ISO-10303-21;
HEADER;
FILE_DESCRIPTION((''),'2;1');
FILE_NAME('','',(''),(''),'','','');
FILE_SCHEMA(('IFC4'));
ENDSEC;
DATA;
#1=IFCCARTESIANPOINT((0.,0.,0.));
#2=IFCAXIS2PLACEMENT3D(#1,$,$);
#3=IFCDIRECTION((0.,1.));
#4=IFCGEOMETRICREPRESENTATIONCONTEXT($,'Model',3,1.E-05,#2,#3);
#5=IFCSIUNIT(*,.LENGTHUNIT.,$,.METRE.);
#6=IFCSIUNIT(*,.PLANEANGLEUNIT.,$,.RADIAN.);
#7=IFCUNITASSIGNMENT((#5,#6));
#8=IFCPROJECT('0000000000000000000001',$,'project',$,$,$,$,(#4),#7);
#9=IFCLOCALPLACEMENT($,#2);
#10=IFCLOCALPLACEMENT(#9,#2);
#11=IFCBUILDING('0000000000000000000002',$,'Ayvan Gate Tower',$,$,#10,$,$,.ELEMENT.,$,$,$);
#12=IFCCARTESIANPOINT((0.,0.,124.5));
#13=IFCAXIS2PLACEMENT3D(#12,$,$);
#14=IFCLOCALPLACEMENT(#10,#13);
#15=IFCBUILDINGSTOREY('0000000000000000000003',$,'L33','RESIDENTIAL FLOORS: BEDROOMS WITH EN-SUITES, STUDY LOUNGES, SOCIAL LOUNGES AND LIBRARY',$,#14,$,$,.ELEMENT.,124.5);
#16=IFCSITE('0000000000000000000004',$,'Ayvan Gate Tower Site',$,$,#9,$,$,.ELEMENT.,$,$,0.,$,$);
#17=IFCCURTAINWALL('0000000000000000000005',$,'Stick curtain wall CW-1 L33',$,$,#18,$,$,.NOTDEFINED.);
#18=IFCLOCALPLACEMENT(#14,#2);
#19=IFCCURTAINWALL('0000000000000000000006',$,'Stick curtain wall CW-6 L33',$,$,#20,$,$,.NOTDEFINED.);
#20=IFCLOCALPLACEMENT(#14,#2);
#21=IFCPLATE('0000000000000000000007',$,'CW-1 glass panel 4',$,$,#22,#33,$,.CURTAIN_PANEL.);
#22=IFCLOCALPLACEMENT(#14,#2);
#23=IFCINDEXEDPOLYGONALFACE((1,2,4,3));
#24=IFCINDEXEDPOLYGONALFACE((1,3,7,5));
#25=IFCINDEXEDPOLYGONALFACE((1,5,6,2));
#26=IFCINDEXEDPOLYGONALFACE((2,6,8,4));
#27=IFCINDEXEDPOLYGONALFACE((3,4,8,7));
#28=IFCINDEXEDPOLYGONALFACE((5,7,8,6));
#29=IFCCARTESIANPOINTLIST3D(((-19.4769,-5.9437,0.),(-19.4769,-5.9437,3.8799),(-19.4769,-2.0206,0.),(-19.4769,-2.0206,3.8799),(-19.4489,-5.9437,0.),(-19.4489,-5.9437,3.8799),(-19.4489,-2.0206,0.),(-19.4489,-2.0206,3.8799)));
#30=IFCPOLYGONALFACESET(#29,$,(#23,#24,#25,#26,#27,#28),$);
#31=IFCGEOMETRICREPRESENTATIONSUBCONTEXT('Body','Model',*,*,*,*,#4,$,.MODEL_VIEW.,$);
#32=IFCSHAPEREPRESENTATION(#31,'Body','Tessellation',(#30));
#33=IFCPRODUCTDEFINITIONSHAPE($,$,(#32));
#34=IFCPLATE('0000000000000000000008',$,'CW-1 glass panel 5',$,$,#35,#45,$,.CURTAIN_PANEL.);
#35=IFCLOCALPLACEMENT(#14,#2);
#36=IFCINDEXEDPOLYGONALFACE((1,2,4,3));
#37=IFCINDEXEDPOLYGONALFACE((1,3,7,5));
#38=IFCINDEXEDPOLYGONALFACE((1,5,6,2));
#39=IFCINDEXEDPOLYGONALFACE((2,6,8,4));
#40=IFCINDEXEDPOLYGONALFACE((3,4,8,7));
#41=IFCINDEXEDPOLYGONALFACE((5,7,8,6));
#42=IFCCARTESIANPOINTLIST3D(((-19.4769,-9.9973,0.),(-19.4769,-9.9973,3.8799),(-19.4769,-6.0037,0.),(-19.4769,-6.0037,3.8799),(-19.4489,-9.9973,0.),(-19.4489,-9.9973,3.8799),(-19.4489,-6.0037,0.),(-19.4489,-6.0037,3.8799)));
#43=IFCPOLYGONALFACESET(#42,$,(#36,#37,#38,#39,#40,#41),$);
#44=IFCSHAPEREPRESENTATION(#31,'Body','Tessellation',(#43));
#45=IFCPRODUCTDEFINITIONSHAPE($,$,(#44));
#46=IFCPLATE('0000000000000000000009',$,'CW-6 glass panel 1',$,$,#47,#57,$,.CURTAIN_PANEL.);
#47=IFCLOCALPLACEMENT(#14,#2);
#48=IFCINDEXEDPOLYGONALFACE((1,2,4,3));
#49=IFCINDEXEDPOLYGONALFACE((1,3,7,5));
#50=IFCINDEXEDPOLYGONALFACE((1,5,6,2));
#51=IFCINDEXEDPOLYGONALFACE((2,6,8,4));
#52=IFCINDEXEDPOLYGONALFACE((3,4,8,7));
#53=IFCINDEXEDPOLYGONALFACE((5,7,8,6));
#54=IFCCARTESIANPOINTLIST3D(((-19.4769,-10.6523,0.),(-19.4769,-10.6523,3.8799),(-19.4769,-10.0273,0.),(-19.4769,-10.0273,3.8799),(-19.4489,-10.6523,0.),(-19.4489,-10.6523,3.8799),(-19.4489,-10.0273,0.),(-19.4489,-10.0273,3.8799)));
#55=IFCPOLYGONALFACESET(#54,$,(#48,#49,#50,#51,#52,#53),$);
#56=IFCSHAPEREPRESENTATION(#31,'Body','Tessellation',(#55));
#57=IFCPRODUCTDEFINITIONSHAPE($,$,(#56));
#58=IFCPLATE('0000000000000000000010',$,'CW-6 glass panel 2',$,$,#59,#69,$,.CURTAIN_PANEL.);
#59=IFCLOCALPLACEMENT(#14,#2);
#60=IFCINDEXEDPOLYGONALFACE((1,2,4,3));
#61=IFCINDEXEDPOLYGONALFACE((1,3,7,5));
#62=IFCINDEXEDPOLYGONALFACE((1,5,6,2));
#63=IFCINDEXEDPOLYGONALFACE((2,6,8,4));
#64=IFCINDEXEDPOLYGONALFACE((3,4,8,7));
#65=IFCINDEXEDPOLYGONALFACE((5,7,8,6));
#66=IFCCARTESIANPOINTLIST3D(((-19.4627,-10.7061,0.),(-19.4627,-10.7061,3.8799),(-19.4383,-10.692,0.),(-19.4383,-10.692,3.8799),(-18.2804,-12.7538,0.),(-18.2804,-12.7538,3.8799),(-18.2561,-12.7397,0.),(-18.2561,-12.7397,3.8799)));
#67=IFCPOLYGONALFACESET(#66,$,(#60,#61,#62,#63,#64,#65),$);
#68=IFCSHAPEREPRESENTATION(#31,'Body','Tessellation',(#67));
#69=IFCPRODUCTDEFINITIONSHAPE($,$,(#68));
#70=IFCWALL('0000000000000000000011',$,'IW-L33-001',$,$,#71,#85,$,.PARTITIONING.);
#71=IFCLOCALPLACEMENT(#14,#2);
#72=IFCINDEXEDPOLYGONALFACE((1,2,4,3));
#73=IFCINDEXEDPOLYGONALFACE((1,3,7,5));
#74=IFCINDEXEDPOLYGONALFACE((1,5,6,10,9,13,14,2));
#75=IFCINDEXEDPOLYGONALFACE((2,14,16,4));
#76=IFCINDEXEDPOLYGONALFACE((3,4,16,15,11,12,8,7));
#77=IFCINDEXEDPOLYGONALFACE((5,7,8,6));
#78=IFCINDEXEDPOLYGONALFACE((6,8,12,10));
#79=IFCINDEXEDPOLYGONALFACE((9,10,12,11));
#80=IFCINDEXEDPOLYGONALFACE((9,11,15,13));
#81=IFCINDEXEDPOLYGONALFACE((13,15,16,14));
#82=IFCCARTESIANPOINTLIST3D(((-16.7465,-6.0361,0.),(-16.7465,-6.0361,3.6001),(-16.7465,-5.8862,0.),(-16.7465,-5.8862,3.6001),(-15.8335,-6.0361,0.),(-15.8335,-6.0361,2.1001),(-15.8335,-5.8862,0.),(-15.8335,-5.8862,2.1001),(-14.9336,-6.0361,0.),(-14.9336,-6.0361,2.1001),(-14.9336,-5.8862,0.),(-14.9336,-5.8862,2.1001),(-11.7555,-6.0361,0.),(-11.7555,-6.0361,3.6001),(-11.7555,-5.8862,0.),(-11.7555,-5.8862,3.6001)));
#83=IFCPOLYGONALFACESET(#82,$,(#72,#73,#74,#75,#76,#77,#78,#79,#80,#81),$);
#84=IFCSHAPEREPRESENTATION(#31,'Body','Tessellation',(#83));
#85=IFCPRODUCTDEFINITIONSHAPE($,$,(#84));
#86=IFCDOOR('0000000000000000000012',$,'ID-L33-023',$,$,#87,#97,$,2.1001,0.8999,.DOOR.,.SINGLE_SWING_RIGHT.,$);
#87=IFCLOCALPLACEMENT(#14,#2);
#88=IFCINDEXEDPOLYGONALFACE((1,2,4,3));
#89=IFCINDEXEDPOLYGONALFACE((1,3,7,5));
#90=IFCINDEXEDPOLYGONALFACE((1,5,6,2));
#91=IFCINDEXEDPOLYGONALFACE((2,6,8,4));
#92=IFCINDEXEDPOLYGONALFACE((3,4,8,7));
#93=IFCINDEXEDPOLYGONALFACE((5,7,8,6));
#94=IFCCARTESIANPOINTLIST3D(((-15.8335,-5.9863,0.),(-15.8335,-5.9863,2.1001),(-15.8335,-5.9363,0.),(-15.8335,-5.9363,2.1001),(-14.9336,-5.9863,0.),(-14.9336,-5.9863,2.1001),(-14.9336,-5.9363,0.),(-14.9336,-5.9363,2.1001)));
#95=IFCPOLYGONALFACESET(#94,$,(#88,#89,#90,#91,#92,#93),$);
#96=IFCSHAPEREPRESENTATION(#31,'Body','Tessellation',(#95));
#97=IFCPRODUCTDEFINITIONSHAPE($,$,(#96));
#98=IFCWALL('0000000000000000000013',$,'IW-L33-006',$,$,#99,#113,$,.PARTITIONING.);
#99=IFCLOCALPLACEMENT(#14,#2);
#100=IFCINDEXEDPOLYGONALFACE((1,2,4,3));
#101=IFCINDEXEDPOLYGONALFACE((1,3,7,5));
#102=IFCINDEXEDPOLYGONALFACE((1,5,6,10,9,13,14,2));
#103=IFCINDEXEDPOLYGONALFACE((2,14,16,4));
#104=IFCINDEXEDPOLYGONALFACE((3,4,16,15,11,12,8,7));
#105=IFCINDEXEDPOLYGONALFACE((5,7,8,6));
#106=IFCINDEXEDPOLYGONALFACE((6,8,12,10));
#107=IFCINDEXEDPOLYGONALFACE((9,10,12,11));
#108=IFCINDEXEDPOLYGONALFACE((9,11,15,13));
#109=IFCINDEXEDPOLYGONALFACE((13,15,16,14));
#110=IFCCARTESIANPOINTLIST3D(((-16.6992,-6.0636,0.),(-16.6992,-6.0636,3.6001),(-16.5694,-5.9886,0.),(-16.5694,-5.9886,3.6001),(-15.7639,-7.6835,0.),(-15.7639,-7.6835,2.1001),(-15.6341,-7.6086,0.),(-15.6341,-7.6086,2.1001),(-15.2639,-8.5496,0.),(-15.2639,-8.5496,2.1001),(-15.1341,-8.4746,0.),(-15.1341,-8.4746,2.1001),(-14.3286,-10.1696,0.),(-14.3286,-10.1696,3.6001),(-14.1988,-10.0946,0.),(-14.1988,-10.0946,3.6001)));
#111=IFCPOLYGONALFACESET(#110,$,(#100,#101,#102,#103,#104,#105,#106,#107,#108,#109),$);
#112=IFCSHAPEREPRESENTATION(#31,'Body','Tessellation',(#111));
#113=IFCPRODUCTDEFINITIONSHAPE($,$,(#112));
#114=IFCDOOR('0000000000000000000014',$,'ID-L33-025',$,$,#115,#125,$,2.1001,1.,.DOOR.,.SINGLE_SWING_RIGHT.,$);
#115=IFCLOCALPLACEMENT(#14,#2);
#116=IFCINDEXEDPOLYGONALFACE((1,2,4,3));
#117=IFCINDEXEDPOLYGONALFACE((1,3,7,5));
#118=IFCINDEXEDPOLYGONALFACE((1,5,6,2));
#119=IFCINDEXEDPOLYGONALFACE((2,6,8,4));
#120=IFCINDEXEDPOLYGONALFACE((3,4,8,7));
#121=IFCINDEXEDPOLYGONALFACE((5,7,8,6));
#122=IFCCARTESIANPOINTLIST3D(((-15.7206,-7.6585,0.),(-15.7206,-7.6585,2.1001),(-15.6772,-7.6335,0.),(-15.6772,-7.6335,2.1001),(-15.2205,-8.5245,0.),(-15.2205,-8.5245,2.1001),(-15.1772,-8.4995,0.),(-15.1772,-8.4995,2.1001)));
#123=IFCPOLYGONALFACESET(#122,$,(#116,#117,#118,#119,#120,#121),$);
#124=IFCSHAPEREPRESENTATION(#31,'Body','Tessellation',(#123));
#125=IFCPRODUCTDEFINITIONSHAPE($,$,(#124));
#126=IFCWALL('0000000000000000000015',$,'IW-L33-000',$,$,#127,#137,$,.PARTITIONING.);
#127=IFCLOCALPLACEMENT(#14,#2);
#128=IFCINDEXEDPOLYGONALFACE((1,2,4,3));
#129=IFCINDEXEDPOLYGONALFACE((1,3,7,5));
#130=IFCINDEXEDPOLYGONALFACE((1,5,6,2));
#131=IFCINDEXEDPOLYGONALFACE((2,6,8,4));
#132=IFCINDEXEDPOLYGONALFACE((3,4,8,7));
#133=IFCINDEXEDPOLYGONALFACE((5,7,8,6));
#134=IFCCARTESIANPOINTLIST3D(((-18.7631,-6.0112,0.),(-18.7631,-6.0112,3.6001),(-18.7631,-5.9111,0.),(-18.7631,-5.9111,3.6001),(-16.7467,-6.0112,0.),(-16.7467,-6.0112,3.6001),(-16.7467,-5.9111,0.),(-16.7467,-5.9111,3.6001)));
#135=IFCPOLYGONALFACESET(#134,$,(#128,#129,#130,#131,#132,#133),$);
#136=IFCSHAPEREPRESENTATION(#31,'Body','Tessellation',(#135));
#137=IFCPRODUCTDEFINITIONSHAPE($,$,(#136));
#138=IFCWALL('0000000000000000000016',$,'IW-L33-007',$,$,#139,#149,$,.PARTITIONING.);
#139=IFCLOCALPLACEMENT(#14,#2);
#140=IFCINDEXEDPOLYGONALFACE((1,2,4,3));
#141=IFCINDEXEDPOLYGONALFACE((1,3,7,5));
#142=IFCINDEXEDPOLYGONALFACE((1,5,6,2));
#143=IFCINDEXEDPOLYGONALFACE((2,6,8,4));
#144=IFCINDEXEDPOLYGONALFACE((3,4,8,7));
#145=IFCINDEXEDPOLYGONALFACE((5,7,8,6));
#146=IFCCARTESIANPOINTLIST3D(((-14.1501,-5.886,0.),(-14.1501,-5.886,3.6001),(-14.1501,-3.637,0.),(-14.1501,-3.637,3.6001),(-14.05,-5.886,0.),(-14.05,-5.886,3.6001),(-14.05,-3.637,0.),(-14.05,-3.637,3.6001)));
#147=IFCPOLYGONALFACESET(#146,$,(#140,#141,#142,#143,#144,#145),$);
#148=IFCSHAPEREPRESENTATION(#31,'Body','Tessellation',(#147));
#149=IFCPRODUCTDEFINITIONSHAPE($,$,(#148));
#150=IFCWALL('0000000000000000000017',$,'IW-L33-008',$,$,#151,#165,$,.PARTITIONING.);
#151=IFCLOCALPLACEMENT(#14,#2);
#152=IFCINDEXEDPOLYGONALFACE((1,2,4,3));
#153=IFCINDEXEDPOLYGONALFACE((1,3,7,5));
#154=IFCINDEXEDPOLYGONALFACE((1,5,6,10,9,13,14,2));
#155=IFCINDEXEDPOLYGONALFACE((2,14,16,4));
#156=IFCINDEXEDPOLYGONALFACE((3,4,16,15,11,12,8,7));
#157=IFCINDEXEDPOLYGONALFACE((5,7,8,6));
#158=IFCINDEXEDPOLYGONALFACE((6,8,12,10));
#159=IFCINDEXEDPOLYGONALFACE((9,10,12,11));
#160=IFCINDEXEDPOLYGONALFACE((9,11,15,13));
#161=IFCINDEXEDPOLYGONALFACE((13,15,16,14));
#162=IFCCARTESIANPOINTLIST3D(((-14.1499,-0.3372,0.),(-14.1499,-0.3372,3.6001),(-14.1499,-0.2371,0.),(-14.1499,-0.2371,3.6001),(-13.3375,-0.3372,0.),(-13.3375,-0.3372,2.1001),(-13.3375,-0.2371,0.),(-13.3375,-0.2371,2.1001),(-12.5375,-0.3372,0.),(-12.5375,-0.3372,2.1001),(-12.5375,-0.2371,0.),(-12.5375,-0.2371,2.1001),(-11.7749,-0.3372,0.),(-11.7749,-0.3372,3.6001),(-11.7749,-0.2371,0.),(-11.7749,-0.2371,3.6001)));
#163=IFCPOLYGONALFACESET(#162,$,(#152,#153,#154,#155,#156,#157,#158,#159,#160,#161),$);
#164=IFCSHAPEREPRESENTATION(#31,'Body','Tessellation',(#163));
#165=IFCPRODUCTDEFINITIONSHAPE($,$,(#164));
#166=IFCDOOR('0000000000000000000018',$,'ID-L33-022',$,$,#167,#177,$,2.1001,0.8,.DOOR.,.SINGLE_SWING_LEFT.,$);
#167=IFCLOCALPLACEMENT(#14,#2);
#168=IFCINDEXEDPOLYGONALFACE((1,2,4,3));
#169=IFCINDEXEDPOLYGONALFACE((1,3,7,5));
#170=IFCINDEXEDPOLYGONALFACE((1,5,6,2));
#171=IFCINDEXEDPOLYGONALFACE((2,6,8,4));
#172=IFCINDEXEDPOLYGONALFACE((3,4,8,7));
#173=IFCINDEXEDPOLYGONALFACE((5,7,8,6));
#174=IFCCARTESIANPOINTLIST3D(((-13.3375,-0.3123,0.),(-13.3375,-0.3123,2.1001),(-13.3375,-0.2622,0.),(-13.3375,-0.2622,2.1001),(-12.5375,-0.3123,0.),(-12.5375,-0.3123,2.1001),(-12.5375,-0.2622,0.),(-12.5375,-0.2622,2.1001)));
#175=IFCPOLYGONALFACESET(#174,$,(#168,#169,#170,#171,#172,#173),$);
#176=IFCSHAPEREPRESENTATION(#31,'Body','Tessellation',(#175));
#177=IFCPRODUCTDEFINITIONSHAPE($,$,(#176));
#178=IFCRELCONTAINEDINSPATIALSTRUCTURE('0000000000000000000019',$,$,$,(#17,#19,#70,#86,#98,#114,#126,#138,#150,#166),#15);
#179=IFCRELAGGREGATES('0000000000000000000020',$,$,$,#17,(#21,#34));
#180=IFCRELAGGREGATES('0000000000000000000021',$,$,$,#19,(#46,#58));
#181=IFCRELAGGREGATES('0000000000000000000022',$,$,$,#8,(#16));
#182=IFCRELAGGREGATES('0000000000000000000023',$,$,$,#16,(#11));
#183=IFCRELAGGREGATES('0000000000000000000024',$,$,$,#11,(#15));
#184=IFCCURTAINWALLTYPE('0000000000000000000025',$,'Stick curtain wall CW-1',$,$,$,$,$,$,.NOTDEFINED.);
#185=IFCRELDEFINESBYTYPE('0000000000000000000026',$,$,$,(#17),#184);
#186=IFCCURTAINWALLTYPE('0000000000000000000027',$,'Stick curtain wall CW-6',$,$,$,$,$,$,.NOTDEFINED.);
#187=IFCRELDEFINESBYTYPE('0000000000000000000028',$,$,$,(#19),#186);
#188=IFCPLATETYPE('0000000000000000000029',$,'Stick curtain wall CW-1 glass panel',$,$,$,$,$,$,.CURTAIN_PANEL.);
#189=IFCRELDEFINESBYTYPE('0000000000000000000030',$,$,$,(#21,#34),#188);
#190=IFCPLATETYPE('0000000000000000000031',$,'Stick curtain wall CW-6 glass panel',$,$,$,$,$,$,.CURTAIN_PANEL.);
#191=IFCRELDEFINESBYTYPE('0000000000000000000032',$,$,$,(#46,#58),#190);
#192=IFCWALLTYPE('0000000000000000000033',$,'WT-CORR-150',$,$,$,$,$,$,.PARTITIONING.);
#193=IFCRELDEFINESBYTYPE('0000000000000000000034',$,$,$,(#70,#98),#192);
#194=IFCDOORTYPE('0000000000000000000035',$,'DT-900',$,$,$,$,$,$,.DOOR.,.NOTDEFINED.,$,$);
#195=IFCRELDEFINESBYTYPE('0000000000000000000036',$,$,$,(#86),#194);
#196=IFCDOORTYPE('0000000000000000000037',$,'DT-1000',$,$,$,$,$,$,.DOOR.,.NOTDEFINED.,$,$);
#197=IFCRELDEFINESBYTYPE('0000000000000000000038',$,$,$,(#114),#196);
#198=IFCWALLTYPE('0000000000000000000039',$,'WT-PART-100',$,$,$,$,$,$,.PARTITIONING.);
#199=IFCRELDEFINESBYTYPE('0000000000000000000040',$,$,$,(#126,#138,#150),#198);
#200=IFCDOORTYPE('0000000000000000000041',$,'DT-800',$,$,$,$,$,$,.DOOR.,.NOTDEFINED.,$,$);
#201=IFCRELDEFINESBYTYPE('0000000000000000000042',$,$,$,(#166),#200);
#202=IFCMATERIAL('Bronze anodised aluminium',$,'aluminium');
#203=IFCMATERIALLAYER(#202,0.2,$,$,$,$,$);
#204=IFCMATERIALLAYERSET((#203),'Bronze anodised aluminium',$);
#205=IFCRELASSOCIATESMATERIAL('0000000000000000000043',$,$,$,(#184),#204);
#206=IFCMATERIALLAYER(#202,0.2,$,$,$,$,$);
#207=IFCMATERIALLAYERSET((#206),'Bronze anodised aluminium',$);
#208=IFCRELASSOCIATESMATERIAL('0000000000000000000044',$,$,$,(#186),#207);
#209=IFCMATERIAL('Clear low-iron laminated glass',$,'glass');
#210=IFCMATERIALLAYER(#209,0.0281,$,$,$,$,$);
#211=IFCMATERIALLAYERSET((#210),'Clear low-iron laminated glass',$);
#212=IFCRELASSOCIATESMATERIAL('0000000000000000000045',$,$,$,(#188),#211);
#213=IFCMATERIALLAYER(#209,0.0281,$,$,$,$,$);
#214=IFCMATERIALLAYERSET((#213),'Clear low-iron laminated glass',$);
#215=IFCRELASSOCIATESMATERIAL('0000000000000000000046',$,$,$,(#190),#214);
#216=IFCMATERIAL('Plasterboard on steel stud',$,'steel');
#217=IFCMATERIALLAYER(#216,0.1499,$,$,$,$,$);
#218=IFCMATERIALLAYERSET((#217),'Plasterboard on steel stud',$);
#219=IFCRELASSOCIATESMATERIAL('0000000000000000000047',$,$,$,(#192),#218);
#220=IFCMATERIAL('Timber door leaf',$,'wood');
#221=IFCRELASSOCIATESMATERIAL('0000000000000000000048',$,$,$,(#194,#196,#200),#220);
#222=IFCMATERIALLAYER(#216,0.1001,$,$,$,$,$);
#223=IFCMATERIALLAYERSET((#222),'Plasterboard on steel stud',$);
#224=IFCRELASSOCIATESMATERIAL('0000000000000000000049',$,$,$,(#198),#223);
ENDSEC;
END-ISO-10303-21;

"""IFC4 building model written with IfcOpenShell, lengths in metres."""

from ifc_helpers import new_model, si_unit, direction, frame, frame_2d, origin, origin_2d, place, context, subcontext, project, spatial, rectangle, extrude, material, layer, layer_set, type_object, element, fill, aggregate, save


model = new_model("IFC4")

# Units and contexts
model_context = context("Model", 3, precision=1e-05, world=origin(), true_north=direction((0.0, 1.0)))
body_context = subcontext(model_context, "Body", "Model", "MODEL_VIEW")
ifc_project = project(units=[si_unit("LENGTHUNIT", "METRE"), si_unit("PLANEANGLEUNIT", "RADIAN")], contexts=[model_context])

# Site, building, storey
site_placement = place(None, origin())
site = spatial("IfcSite", under=ifc_project, at=site_placement, Name="Ayvan Gate Tower Site", CompositionType="ELEMENT", RefElevation=0.0)
building_placement = place(site_placement, origin())
building = spatial("IfcBuilding", under=site, at=building_placement, Name="Ayvan Gate Tower", CompositionType="ELEMENT")
storey_placement = place(building_placement, frame((0.0, 0.0, 124.5)))
storey = spatial("IfcBuildingStorey", under=building, at=storey_placement, Name="L33", Description="RESIDENTIAL FLOORS: BEDROOMS WITH EN-SUITES, STUDY LOUNGES, SOCIAL LOUNGES AND LIBRARY", CompositionType="ELEMENT", Elevation=124.5)

# Curtain walls
ifc_material_1 = material(Name="Bronze anodised aluminium", Category="aluminium")
ifc_layer_1 = layer(ifc_material_1, 0.2)
ifc_layer_set_1 = layer_set([ifc_layer_1], Name="Bronze anodised aluminium")
curtain_wall_type_1 = type_object("IfcCurtainWallType", Name="Stick curtain wall CW-1", PredefinedType="NOTDEFINED", material=ifc_layer_set_1)
curtain_wall_1_placement = place(storey_placement, origin())
curtain_wall_1 = element("IfcCurtainWall", 1, at=curtain_wall_1_placement, inside=storey, type_object=curtain_wall_type_1, Name="Stick curtain wall CW-1 L33", PredefinedType="NOTDEFINED")
ifc_layer_2 = layer(ifc_material_1, 0.2)
ifc_layer_set_2 = layer_set([ifc_layer_2], Name="Bronze anodised aluminium")
curtain_wall_type_2 = type_object("IfcCurtainWallType", Name="Stick curtain wall CW-6", PredefinedType="NOTDEFINED", material=ifc_layer_set_2)
curtain_wall_2_placement = place(storey_placement, origin())
curtain_wall_2 = element("IfcCurtainWall", 2, at=curtain_wall_2_placement, inside=storey, type_object=curtain_wall_type_2, Name="Stick curtain wall CW-6 L33", PredefinedType="NOTDEFINED")

# Plates
ifc_material_2 = material(Name="Clear low-iron laminated glass", Category="glass")
ifc_layer_3 = layer(ifc_material_2, 0.0281)
ifc_layer_set_3 = layer_set([ifc_layer_3], Name="Clear low-iron laminated glass")
plate_type_1 = type_object("IfcPlateType", Name="Stick curtain wall CW-1 glass panel", PredefinedType="CURTAIN_PANEL", material=ifc_layer_set_3)
plate_1_placement = place(storey_placement, frame((-19.4629, -3.9822, 0.0), z_axis=(0.0, 0.0, 1.0), x_axis=(0.0, -1.0, 0.0)))
plate_1 = element("IfcPlate", 3, at=plate_1_placement, type_object=plate_type_1, Name="CW-1 glass panel 4", PredefinedType="CURTAIN_PANEL", context=body_context, shape_type="SweptSolid", body=[
    extrude(rectangle(XDim=3.9231, YDim=0.0281, at=origin_2d()), origin(), (0.0, 0.0, 1.0), 3.8799),
])
plate_2_placement = place(storey_placement, frame((-19.4629, -8.0005, 0.0), z_axis=(0.0, 0.0, 1.0), x_axis=(0.0, -1.0, 0.0)))
plate_2 = element("IfcPlate", 4, at=plate_2_placement, type_object=plate_type_1, Name="CW-1 glass panel 5", PredefinedType="CURTAIN_PANEL", context=body_context, shape_type="SweptSolid", body=[
    extrude(rectangle(XDim=3.9937, YDim=0.0281, at=origin_2d()), origin(), (0.0, 0.0, 1.0), 3.8799),
])
aggregate(curtain_wall_1, [plate_1, plate_2])
ifc_layer_4 = layer(ifc_material_2, 0.0281)
ifc_layer_set_4 = layer_set([ifc_layer_4], Name="Clear low-iron laminated glass")
plate_type_2 = type_object("IfcPlateType", Name="Stick curtain wall CW-6 glass panel", PredefinedType="CURTAIN_PANEL", material=ifc_layer_set_4)
plate_3_placement = place(storey_placement, frame((-19.4629, -10.3398, 0.0), z_axis=(0.0, 0.0, 1.0), x_axis=(0.0, -1.0, 0.0)))
plate_3 = element("IfcPlate", 5, at=plate_3_placement, type_object=plate_type_2, Name="CW-6 glass panel 1", PredefinedType="CURTAIN_PANEL", context=body_context, shape_type="SweptSolid", body=[
    extrude(rectangle(XDim=0.625, YDim=0.0281, at=origin_2d()), origin(), (0.0, 0.0, 1.0), 3.8799),
])
plate_4_placement = place(storey_placement, frame((-18.8594, -11.7229, 0.0), z_axis=(0.0, 0.0, 1.0), x_axis=(0.5, -0.866025, 0.0)))
plate_4 = element("IfcPlate", 6, at=plate_4_placement, type_object=plate_type_2, Name="CW-6 glass panel 2", PredefinedType="CURTAIN_PANEL", context=body_context, shape_type="SweptSolid", body=[
    extrude(rectangle(XDim=2.3645, YDim=0.0281, at=origin_2d()), origin(), (0.0, 0.0, 1.0), 3.8799),
])
aggregate(curtain_wall_2, [plate_3, plate_4])

# Walls, openings, doors
ifc_material_3 = material(Name="Plasterboard on steel stud", Category="steel")
ifc_layer_5 = layer(ifc_material_3, 0.1499)
ifc_layer_set_5 = layer_set([ifc_layer_5], Name="Plasterboard on steel stud")
wall_type_1 = type_object("IfcWallType", Name="WT-CORR-150", PredefinedType="PARTITIONING", material=ifc_layer_set_5)
wall_1_placement = place(storey_placement, frame((-16.7466, -5.9612, 0.0), z_axis=(0.0, 0.0, 1.0), x_axis=(1.0, 0.0, 0.0)))
wall_1 = element("IfcWall", 7, at=wall_1_placement, inside=storey, type_object=wall_type_1, Name="IW-L33-001", PredefinedType="PARTITIONING", context=body_context, shape_type="SweptSolid", body=[
    extrude(rectangle(XDim=4.991, YDim=0.1499, at=frame_2d((2.4956, 0.0))), origin(), (0.0, 0.0, 1.0), 3.6001),
])
opening_1_placement = place(wall_1_placement, frame((0.9131, 0.0, 0.0)))
opening_1 = element("IfcOpeningElement", 8, at=opening_1_placement, cuts=wall_1, PredefinedType="OPENING", context=body_context, shape_type="SweptSolid", body=[
    extrude(rectangle(XDim=0.8999, YDim=2.1001, at=frame_2d((0.45, 1.05))), frame((0.0, 0.085, 0.0), z_axis=(0.0, -1.0, 0.0), x_axis=(1.0, 0.0, 0.0)), (0.0, 0.0, 1.0), 0.1699),
])
ifc_material_4 = material(Name="Timber door leaf", Category="wood")
door_type_1 = type_object("IfcDoorType", Name="DT-900", OperationType="NOTDEFINED", PredefinedType="DOOR", material=ifc_material_4)
door_1_placement = place(opening_1_placement, origin())
door_1 = element("IfcDoor", 9, at=door_1_placement, inside=storey, type_object=door_type_1, Name="ID-L33-023", OperationType="SINGLE_SWING_RIGHT", OverallHeight=2.1001, OverallWidth=0.8999, PredefinedType="DOOR", context=body_context, shape_type="SweptSolid", body=[
    extrude(rectangle(XDim=0.8999, YDim=2.1001, at=frame_2d((0.45, 1.05))), frame((0.0, 0.0249, 0.0), z_axis=(0.0, -1.0, 0.0), x_axis=(1.0, 0.0, 0.0)), (0.0, 0.0, 1.0), 0.05),
])
fill(opening_1, door_1)
wall_2_placement = place(storey_placement, frame((-14.2637, -10.1321, 0.0), z_axis=(0.0, 0.0, 1.0), x_axis=(-0.500005, 0.866023, 0.0)))
wall_2 = element("IfcWall", 10, at=wall_2_placement, inside=storey, type_object=wall_type_1, Name="IW-L33-006", PredefinedType="PARTITIONING", context=body_context, shape_type="SweptSolid", body=[
    extrude(rectangle(XDim=4.7412, YDim=0.1499, at=frame_2d((2.3706, 0.0))), origin(), (0.0, 0.0, 1.0), 3.6001),
])
opening_2_placement = place(wall_2_placement, frame((1.8706, 0.0, 0.0)))
opening_2 = element("IfcOpeningElement", 11, at=opening_2_placement, cuts=wall_2, PredefinedType="OPENING", context=body_context, shape_type="SweptSolid", body=[
    extrude(rectangle(XDim=1.0, YDim=2.1001, at=frame_2d((0.5, 1.05))), frame((0.0, 0.085, 0.0), z_axis=(0.0, -1.0, 0.0), x_axis=(1.0, 0.0, 0.0)), (0.0, 0.0, 1.0), 0.1699),
])
door_type_2 = type_object("IfcDoorType", Name="DT-1000", OperationType="NOTDEFINED", PredefinedType="DOOR", material=ifc_material_4)
door_2_placement = place(opening_2_placement, origin())
door_2 = element("IfcDoor", 12, at=door_2_placement, inside=storey, type_object=door_type_2, Name="ID-L33-025", OperationType="SINGLE_SWING_RIGHT", OverallHeight=2.1001, OverallWidth=1.0, PredefinedType="DOOR", context=body_context, shape_type="SweptSolid", body=[
    extrude(rectangle(XDim=1.0, YDim=2.1001, at=frame_2d((0.5, 1.05))), frame((0.0, 0.0249, 0.0), z_axis=(0.0, -1.0, 0.0), x_axis=(1.0, 0.0, 0.0)), (0.0, 0.0, 1.0), 0.05),
])
fill(opening_2, door_2)

# Walls
ifc_layer_6 = layer(ifc_material_3, 0.1001)
ifc_layer_set_6 = layer_set([ifc_layer_6], Name="Plasterboard on steel stud")
wall_type_2 = type_object("IfcWallType", Name="WT-PART-100", PredefinedType="PARTITIONING", material=ifc_layer_set_6)
wall_3_placement = place(storey_placement, frame((-16.7466, -5.9612, 0.0), z_axis=(0.0, 0.0, 1.0), x_axis=(-1.0, 0.0, 0.0)))
element("IfcWall", 13, at=wall_3_placement, inside=storey, type_object=wall_type_2, Name="IW-L33-000", PredefinedType="PARTITIONING", context=body_context, shape_type="SweptSolid", body=[
    extrude(rectangle(XDim=2.0164, YDim=0.1001, at=frame_2d((1.0083, 0.0))), origin(), (0.0, 0.0, 1.0), 3.6001),
])
wall_4_placement = place(storey_placement, frame((-14.1001, -3.637, 0.0), z_axis=(0.0, 0.0, 1.0), x_axis=(0.0, -1.0, 0.0)))
element("IfcWall", 14, at=wall_4_placement, inside=storey, type_object=wall_type_2, Name="IW-L33-007", PredefinedType="PARTITIONING", context=body_context, shape_type="SweptSolid", body=[
    extrude(rectangle(XDim=2.249, YDim=0.1001, at=frame_2d((1.1245, 0.0))), origin(), (0.0, 0.0, 1.0), 3.6001),
])

# Wall, opening, door
wall_5_placement = place(storey_placement, frame((-14.1499, -0.2871, 0.0), z_axis=(0.0, 0.0, 1.0), x_axis=(1.0, 0.0, 0.0)))
wall_5 = element("IfcWall", 15, at=wall_5_placement, inside=storey, type_object=wall_type_2, Name="IW-L33-008", PredefinedType="PARTITIONING", context=body_context, shape_type="SweptSolid", body=[
    extrude(rectangle(XDim=2.375, YDim=0.1001, at=frame_2d((1.1875, 0.0))), origin(), (0.0, 0.0, 1.0), 3.6001),
])
opening_3_placement = place(wall_5_placement, frame((0.8125, 0.0, 0.0)))
opening_3 = element("IfcOpeningElement", 16, at=opening_3_placement, cuts=wall_5, PredefinedType="OPENING", context=body_context, shape_type="SweptSolid", body=[
    extrude(rectangle(XDim=0.8, YDim=2.1001, at=frame_2d((0.3999, 1.05))), frame((0.0, 0.0601, 0.0), z_axis=(0.0, -1.0, 0.0), x_axis=(1.0, 0.0, 0.0)), (0.0, 0.0, 1.0), 0.1201),
])
door_type_3 = type_object("IfcDoorType", Name="DT-800", OperationType="NOTDEFINED", PredefinedType="DOOR", material=ifc_material_4)
door_3_placement = place(opening_3_placement, origin())
door_3 = element("IfcDoor", 17, at=door_3_placement, inside=storey, type_object=door_type_3, Name="ID-L33-022", OperationType="SINGLE_SWING_LEFT", OverallHeight=2.1001, OverallWidth=0.8, PredefinedType="DOOR", context=body_context, shape_type="SweptSolid", body=[
    extrude(rectangle(XDim=0.8, YDim=2.1001, at=frame_2d((0.3999, 1.05))), frame((0.0, 0.0249, 0.0), z_axis=(0.0, -1.0, 0.0), x_axis=(1.0, 0.0, 0.0)), (0.0, 0.0, 1.0), 0.05),
])
fill(opening_3, door_3)

save(model, "model.ifc")
